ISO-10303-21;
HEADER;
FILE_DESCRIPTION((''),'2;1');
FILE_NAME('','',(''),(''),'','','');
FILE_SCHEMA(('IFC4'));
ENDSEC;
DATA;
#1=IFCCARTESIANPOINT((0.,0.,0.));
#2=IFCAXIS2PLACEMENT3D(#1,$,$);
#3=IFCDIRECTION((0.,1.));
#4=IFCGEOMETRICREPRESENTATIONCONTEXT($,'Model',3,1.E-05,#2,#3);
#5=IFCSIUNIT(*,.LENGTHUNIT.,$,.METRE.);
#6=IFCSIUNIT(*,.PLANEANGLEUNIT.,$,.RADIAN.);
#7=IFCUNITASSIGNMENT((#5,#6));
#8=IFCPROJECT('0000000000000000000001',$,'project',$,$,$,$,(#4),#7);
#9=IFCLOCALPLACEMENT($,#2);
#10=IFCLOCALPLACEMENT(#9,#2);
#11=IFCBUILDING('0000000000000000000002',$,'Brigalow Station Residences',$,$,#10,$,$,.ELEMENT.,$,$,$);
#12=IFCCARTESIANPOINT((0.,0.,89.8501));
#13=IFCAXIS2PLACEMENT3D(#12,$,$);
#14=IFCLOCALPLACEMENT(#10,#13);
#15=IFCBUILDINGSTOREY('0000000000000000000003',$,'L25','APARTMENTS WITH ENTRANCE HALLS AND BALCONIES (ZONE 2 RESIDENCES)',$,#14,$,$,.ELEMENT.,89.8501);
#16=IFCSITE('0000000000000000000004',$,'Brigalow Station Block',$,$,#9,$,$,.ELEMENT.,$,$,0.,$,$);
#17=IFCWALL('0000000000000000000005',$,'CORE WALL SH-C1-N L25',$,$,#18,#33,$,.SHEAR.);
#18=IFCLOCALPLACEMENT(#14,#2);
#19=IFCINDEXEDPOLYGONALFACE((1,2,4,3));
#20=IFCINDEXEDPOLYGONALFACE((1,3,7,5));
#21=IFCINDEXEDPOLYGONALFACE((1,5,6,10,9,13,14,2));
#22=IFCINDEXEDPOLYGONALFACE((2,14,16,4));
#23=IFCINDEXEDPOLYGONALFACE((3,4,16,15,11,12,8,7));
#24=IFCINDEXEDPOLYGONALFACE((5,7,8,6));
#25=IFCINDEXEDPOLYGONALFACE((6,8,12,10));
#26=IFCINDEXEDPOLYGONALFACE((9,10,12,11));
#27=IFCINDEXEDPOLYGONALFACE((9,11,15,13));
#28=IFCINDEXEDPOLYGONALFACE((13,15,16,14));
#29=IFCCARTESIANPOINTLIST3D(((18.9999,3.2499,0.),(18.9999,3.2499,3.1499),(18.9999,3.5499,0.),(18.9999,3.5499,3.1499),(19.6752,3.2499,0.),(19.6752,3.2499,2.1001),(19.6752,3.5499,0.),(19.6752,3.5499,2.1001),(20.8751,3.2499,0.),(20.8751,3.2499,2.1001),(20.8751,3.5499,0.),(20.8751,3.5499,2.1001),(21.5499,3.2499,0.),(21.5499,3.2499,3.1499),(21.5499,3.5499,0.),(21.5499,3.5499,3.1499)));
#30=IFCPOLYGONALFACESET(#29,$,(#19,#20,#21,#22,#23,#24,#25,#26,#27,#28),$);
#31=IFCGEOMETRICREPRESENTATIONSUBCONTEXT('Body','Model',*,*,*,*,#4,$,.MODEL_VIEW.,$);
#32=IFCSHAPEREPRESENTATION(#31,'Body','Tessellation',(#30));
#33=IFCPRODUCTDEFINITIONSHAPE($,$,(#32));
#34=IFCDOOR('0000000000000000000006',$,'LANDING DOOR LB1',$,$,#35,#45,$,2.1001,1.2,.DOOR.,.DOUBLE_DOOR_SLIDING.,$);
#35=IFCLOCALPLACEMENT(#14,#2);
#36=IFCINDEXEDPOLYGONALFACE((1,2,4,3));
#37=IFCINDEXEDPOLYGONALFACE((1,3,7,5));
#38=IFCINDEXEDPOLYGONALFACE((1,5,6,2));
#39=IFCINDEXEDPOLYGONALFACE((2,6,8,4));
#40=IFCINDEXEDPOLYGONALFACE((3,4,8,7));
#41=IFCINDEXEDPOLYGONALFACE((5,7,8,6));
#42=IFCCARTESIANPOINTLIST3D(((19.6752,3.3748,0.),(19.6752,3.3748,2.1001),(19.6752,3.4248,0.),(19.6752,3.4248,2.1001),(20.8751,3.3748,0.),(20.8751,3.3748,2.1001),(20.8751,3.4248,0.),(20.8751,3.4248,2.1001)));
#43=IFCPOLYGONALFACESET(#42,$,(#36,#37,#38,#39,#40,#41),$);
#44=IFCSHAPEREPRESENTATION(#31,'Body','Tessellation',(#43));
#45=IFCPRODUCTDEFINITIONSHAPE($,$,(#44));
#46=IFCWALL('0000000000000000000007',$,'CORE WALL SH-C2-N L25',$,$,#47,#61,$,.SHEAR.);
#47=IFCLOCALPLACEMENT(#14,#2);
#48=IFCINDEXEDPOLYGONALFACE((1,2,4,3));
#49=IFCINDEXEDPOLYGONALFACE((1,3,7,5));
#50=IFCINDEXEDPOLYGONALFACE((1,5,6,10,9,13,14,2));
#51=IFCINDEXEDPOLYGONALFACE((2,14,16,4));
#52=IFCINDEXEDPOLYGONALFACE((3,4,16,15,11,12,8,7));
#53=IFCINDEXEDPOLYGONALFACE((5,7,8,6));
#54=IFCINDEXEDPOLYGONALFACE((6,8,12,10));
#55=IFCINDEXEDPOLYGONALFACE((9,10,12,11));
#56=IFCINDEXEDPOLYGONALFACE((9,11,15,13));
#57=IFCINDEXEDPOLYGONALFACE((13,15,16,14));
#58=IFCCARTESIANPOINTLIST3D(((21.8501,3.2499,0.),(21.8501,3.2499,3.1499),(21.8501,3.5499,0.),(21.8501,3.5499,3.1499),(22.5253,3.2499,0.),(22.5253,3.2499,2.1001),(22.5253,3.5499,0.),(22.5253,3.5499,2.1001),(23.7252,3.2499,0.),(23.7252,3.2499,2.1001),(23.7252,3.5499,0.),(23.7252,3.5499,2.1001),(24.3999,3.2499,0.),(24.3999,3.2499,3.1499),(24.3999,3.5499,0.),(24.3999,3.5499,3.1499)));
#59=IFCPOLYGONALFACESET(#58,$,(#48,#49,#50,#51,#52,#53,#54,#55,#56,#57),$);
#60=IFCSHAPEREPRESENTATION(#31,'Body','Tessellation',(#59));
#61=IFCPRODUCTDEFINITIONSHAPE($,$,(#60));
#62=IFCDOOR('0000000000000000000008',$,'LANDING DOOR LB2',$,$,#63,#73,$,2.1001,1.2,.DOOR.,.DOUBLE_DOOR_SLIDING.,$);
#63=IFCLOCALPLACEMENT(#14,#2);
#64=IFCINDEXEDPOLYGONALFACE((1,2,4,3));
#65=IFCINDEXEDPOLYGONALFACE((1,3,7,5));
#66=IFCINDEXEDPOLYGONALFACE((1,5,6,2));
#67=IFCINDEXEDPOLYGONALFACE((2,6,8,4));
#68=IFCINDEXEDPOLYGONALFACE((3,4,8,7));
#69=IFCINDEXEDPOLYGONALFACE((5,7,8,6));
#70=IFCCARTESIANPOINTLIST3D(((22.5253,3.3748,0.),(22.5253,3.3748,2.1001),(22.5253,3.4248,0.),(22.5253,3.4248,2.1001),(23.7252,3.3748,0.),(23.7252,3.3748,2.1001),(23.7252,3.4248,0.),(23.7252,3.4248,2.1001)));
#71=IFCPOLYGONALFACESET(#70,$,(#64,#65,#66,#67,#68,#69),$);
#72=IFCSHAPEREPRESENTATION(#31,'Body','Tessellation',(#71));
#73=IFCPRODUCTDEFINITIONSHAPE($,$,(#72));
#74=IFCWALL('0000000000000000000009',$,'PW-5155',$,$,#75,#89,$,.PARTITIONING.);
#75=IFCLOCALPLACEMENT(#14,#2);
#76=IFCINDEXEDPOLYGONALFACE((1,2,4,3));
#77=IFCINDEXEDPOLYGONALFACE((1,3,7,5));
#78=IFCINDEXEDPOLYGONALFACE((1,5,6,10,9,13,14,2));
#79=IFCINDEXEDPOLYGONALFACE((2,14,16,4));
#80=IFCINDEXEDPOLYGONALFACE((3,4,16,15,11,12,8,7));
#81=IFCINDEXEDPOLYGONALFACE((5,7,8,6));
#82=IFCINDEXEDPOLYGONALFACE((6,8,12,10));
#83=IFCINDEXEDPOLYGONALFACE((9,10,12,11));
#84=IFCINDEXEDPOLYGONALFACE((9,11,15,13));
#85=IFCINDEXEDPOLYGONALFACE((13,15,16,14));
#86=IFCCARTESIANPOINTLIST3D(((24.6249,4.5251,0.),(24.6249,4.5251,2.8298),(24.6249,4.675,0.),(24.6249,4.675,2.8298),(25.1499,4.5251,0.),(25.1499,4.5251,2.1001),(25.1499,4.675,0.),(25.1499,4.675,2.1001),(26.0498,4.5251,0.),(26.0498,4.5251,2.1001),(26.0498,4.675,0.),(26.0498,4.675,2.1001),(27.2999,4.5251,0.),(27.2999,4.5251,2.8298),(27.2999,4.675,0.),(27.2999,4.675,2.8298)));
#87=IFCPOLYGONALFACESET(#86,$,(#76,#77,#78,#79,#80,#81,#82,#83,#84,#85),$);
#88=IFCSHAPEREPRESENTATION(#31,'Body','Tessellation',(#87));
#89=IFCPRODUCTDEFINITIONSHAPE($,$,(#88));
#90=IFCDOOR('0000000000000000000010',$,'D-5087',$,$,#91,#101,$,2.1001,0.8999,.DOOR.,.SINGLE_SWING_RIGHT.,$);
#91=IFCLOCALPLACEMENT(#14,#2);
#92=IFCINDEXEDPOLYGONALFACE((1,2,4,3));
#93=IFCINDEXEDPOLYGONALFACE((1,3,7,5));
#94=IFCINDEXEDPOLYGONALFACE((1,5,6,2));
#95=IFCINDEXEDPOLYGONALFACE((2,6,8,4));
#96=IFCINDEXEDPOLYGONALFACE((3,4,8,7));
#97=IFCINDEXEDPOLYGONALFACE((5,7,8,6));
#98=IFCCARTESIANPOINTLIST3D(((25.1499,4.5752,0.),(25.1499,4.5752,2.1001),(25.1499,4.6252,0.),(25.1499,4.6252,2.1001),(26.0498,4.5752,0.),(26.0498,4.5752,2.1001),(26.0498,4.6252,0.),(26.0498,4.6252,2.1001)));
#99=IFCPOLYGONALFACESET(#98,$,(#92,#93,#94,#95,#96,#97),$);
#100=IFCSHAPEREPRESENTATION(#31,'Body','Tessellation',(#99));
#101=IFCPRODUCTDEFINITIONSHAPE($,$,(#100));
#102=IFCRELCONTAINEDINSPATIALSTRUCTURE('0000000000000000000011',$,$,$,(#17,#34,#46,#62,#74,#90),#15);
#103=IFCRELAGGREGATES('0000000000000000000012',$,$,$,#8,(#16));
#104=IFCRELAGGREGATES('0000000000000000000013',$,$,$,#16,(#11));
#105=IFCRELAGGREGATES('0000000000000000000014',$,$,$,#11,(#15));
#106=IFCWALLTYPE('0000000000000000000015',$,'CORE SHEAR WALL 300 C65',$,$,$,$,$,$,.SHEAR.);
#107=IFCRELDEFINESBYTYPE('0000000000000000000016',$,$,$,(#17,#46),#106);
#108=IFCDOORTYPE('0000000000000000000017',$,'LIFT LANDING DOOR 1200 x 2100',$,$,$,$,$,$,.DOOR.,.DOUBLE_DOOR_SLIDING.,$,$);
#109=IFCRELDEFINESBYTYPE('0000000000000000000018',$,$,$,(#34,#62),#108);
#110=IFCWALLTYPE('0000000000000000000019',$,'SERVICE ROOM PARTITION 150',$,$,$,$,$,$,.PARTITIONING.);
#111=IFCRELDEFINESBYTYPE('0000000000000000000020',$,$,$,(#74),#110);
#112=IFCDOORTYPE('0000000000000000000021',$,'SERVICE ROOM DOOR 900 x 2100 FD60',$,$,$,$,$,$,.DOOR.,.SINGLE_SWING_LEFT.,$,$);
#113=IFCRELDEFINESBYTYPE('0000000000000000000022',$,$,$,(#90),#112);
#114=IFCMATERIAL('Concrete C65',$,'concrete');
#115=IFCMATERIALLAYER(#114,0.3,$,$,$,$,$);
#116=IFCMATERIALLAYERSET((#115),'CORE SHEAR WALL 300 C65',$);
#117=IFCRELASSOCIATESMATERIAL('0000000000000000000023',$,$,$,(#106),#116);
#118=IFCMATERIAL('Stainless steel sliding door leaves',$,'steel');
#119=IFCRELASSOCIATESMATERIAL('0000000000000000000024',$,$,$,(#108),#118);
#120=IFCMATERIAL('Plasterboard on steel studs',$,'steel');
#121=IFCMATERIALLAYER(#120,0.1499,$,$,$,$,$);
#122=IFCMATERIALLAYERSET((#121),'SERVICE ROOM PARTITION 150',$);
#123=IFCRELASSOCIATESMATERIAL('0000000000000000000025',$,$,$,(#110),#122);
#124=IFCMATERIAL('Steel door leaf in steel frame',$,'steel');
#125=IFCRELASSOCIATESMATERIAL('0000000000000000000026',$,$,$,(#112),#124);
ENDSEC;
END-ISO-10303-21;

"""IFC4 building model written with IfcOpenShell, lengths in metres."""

from ifc_helpers import new_model, si_unit, direction, frame, frame_2d, origin, place, context, subcontext, project, spatial, rectangle, extrude, material, layer, layer_set, type_object, element, fill, save


model = new_model("IFC4")

# Units and contexts
model_context = context("Model", 3, precision=1e-05, world=origin(), true_north=direction((0.0, 1.0)))
body_context = subcontext(model_context, "Body", "Model", "MODEL_VIEW")
ifc_project = project(units=[si_unit("LENGTHUNIT", "METRE"), si_unit("PLANEANGLEUNIT", "RADIAN")], contexts=[model_context])

# Site, building, storey
site_placement = place(None, origin())
site = spatial("IfcSite", under=ifc_project, at=site_placement, Name="Brigalow Station Block", CompositionType="ELEMENT", RefElevation=0.0)
building_placement = place(site_placement, origin())
building = spatial("IfcBuilding", under=site, at=building_placement, Name="Brigalow Station Residences", CompositionType="ELEMENT")
storey_placement = place(building_placement, frame((0.0, 0.0, 89.8501)))
storey = spatial("IfcBuildingStorey", under=building, at=storey_placement, Name="L25", Description="APARTMENTS WITH ENTRANCE HALLS AND BALCONIES (ZONE 2 RESIDENCES)", CompositionType="ELEMENT", Elevation=89.8501)

# Walls, openings, doors
ifc_material_1 = material(Name="Concrete C65", Category="concrete")
ifc_layer_1 = layer(ifc_material_1, 0.3)
ifc_layer_set_1 = layer_set([ifc_layer_1], Name="CORE SHEAR WALL 300 C65")
wall_type_1 = type_object("IfcWallType", Name="CORE SHEAR WALL 300 C65", PredefinedType="SHEAR", material=ifc_layer_set_1)
wall_1_placement = place(storey_placement, frame((19.0, 3.3999, 0.0), z_axis=(0.0, 0.0, 1.0), x_axis=(1.0, 0.0, 0.0)))
wall_1 = element("IfcWall", 1, at=wall_1_placement, inside=storey, type_object=wall_type_1, Name="CORE WALL SH-C1-N L25", PredefinedType="SHEAR", context=body_context, shape_type="SweptSolid", body=[
    extrude(rectangle(XDim=2.55, YDim=0.3, at=frame_2d((1.2749, 0.0))), origin(), (0.0, 0.0, 1.0), 3.1499),
])
opening_1_placement = place(wall_1_placement, frame((0.675, 0.0, 0.0)))
opening_1 = element("IfcOpeningElement", 2, at=opening_1_placement, cuts=wall_1, PredefinedType="OPENING", context=body_context, shape_type="SweptSolid", body=[
    extrude(rectangle(XDim=1.2, YDim=2.1001, at=frame_2d((0.6001, 1.05))), frame((0.0, 0.1602, 0.0), z_axis=(0.0, -1.0, 0.0), x_axis=(1.0, 0.0, 0.0)), (0.0, 0.0, 1.0), 0.3201),
])
ifc_material_2 = material(Name="Stainless steel sliding door leaves", Category="steel")
door_type_1 = type_object("IfcDoorType", Name="LIFT LANDING DOOR 1200 x 2100", OperationType="DOUBLE_DOOR_SLIDING", PredefinedType="DOOR", material=ifc_material_2)
door_1_placement = place(opening_1_placement, origin())
door_1 = element("IfcDoor", 3, at=door_1_placement, inside=storey, type_object=door_type_1, Name="LANDING DOOR LB1", OperationType="DOUBLE_DOOR_SLIDING", OverallHeight=2.1001, OverallWidth=1.2, PredefinedType="DOOR", context=body_context, shape_type="SweptSolid", body=[
    extrude(rectangle(XDim=1.2, YDim=2.1001, at=frame_2d((0.6001, 1.05))), frame((0.0, 0.0249, 0.0), z_axis=(0.0, -1.0, 0.0), x_axis=(1.0, 0.0, 0.0)), (0.0, 0.0, 1.0), 0.05),
])
fill(opening_1, door_1)
wall_2_placement = place(storey_placement, frame((21.8501, 3.3999, 0.0), z_axis=(0.0, 0.0, 1.0), x_axis=(1.0, 0.0, 0.0)))
wall_2 = element("IfcWall", 4, at=wall_2_placement, inside=storey, type_object=wall_type_1, Name="CORE WALL SH-C2-N L25", PredefinedType="SHEAR", context=body_context, shape_type="SweptSolid", body=[
    extrude(rectangle(XDim=2.5498, YDim=0.3, at=frame_2d((1.2749, 0.0))), origin(), (0.0, 0.0, 1.0), 3.1499),
])
opening_2_placement = place(wall_2_placement, frame((0.675, 0.0, 0.0)))
opening_2 = element("IfcOpeningElement", 5, at=opening_2_placement, cuts=wall_2, PredefinedType="OPENING", context=body_context, shape_type="SweptSolid", body=[
    extrude(rectangle(XDim=1.2, YDim=2.1001, at=frame_2d((0.6001, 1.05))), frame((0.0, 0.1602, 0.0), z_axis=(0.0, -1.0, 0.0), x_axis=(1.0, 0.0, 0.0)), (0.0, 0.0, 1.0), 0.3201),
])
door_2_placement = place(opening_2_placement, origin())
door_2 = element("IfcDoor", 6, at=door_2_placement, inside=storey, type_object=door_type_1, Name="LANDING DOOR LB2", OperationType="DOUBLE_DOOR_SLIDING", OverallHeight=2.1001, OverallWidth=1.2, PredefinedType="DOOR", context=body_context, shape_type="SweptSolid", body=[
    extrude(rectangle(XDim=1.2, YDim=2.1001, at=frame_2d((0.6001, 1.05))), frame((0.0, 0.0249, 0.0), z_axis=(0.0, -1.0, 0.0), x_axis=(1.0, 0.0, 0.0)), (0.0, 0.0, 1.0), 0.05),
])
fill(opening_2, door_2)
ifc_material_3 = material(Name="Plasterboard on steel studs", Category="steel")
ifc_layer_2 = layer(ifc_material_3, 0.1499)
ifc_layer_set_2 = layer_set([ifc_layer_2], Name="SERVICE ROOM PARTITION 150")
wall_type_2 = type_object("IfcWallType", Name="SERVICE ROOM PARTITION 150", PredefinedType="PARTITIONING", material=ifc_layer_set_2)
wall_3_placement = place(storey_placement, frame((24.625, 4.6001, 0.0), z_axis=(0.0, 0.0, 1.0), x_axis=(1.0, 0.0, 0.0)))
wall_3 = element("IfcWall", 7, at=wall_3_placement, inside=storey, type_object=wall_type_2, Name="PW-5155", PredefinedType="PARTITIONING", context=body_context, shape_type="SweptSolid", body=[
    extrude(rectangle(XDim=2.675, YDim=0.1499, at=frame_2d((1.3374, 0.0))), origin(), (0.0, 0.0, 1.0), 2.8298),
])
opening_3_placement = place(wall_3_placement, frame((0.5249, 0.0, 0.0)))
opening_3 = element("IfcOpeningElement", 8, at=opening_3_placement, cuts=wall_3, PredefinedType="OPENING", context=body_context, shape_type="SweptSolid", body=[
    extrude(rectangle(XDim=0.8999, YDim=2.1001, at=frame_2d((0.45, 1.05))), frame((0.0, 0.085, 0.0), z_axis=(0.0, -1.0, 0.0), x_axis=(1.0, 0.0, 0.0)), (0.0, 0.0, 1.0), 0.1699),
])
ifc_material_4 = material(Name="Steel door leaf in steel frame", Category="steel")
door_type_2 = type_object("IfcDoorType", Name="SERVICE ROOM DOOR 900 x 2100 FD60", OperationType="SINGLE_SWING_LEFT", PredefinedType="DOOR", material=ifc_material_4)
door_3_placement = place(opening_3_placement, frame((0.8999, 0.0, 0.0), z_axis=(0.0, 0.0, 1.0), x_axis=(-1.0, 0.0, 0.0)))
door_3 = element("IfcDoor", 9, at=door_3_placement, inside=storey, type_object=door_type_2, Name="D-5087", OperationType="SINGLE_SWING_RIGHT", OverallHeight=2.1001, OverallWidth=0.8999, PredefinedType="DOOR", context=body_context, shape_type="SweptSolid", body=[
    extrude(rectangle(XDim=0.8999, YDim=2.1001, at=frame_2d((0.45, 1.05))), frame((0.0, 0.0249, 0.0), z_axis=(0.0, -1.0, 0.0), x_axis=(1.0, 0.0, 0.0)), (0.0, 0.0, 1.0), 0.05),
])
fill(opening_3, door_3)

save(model, "model.ifc")
